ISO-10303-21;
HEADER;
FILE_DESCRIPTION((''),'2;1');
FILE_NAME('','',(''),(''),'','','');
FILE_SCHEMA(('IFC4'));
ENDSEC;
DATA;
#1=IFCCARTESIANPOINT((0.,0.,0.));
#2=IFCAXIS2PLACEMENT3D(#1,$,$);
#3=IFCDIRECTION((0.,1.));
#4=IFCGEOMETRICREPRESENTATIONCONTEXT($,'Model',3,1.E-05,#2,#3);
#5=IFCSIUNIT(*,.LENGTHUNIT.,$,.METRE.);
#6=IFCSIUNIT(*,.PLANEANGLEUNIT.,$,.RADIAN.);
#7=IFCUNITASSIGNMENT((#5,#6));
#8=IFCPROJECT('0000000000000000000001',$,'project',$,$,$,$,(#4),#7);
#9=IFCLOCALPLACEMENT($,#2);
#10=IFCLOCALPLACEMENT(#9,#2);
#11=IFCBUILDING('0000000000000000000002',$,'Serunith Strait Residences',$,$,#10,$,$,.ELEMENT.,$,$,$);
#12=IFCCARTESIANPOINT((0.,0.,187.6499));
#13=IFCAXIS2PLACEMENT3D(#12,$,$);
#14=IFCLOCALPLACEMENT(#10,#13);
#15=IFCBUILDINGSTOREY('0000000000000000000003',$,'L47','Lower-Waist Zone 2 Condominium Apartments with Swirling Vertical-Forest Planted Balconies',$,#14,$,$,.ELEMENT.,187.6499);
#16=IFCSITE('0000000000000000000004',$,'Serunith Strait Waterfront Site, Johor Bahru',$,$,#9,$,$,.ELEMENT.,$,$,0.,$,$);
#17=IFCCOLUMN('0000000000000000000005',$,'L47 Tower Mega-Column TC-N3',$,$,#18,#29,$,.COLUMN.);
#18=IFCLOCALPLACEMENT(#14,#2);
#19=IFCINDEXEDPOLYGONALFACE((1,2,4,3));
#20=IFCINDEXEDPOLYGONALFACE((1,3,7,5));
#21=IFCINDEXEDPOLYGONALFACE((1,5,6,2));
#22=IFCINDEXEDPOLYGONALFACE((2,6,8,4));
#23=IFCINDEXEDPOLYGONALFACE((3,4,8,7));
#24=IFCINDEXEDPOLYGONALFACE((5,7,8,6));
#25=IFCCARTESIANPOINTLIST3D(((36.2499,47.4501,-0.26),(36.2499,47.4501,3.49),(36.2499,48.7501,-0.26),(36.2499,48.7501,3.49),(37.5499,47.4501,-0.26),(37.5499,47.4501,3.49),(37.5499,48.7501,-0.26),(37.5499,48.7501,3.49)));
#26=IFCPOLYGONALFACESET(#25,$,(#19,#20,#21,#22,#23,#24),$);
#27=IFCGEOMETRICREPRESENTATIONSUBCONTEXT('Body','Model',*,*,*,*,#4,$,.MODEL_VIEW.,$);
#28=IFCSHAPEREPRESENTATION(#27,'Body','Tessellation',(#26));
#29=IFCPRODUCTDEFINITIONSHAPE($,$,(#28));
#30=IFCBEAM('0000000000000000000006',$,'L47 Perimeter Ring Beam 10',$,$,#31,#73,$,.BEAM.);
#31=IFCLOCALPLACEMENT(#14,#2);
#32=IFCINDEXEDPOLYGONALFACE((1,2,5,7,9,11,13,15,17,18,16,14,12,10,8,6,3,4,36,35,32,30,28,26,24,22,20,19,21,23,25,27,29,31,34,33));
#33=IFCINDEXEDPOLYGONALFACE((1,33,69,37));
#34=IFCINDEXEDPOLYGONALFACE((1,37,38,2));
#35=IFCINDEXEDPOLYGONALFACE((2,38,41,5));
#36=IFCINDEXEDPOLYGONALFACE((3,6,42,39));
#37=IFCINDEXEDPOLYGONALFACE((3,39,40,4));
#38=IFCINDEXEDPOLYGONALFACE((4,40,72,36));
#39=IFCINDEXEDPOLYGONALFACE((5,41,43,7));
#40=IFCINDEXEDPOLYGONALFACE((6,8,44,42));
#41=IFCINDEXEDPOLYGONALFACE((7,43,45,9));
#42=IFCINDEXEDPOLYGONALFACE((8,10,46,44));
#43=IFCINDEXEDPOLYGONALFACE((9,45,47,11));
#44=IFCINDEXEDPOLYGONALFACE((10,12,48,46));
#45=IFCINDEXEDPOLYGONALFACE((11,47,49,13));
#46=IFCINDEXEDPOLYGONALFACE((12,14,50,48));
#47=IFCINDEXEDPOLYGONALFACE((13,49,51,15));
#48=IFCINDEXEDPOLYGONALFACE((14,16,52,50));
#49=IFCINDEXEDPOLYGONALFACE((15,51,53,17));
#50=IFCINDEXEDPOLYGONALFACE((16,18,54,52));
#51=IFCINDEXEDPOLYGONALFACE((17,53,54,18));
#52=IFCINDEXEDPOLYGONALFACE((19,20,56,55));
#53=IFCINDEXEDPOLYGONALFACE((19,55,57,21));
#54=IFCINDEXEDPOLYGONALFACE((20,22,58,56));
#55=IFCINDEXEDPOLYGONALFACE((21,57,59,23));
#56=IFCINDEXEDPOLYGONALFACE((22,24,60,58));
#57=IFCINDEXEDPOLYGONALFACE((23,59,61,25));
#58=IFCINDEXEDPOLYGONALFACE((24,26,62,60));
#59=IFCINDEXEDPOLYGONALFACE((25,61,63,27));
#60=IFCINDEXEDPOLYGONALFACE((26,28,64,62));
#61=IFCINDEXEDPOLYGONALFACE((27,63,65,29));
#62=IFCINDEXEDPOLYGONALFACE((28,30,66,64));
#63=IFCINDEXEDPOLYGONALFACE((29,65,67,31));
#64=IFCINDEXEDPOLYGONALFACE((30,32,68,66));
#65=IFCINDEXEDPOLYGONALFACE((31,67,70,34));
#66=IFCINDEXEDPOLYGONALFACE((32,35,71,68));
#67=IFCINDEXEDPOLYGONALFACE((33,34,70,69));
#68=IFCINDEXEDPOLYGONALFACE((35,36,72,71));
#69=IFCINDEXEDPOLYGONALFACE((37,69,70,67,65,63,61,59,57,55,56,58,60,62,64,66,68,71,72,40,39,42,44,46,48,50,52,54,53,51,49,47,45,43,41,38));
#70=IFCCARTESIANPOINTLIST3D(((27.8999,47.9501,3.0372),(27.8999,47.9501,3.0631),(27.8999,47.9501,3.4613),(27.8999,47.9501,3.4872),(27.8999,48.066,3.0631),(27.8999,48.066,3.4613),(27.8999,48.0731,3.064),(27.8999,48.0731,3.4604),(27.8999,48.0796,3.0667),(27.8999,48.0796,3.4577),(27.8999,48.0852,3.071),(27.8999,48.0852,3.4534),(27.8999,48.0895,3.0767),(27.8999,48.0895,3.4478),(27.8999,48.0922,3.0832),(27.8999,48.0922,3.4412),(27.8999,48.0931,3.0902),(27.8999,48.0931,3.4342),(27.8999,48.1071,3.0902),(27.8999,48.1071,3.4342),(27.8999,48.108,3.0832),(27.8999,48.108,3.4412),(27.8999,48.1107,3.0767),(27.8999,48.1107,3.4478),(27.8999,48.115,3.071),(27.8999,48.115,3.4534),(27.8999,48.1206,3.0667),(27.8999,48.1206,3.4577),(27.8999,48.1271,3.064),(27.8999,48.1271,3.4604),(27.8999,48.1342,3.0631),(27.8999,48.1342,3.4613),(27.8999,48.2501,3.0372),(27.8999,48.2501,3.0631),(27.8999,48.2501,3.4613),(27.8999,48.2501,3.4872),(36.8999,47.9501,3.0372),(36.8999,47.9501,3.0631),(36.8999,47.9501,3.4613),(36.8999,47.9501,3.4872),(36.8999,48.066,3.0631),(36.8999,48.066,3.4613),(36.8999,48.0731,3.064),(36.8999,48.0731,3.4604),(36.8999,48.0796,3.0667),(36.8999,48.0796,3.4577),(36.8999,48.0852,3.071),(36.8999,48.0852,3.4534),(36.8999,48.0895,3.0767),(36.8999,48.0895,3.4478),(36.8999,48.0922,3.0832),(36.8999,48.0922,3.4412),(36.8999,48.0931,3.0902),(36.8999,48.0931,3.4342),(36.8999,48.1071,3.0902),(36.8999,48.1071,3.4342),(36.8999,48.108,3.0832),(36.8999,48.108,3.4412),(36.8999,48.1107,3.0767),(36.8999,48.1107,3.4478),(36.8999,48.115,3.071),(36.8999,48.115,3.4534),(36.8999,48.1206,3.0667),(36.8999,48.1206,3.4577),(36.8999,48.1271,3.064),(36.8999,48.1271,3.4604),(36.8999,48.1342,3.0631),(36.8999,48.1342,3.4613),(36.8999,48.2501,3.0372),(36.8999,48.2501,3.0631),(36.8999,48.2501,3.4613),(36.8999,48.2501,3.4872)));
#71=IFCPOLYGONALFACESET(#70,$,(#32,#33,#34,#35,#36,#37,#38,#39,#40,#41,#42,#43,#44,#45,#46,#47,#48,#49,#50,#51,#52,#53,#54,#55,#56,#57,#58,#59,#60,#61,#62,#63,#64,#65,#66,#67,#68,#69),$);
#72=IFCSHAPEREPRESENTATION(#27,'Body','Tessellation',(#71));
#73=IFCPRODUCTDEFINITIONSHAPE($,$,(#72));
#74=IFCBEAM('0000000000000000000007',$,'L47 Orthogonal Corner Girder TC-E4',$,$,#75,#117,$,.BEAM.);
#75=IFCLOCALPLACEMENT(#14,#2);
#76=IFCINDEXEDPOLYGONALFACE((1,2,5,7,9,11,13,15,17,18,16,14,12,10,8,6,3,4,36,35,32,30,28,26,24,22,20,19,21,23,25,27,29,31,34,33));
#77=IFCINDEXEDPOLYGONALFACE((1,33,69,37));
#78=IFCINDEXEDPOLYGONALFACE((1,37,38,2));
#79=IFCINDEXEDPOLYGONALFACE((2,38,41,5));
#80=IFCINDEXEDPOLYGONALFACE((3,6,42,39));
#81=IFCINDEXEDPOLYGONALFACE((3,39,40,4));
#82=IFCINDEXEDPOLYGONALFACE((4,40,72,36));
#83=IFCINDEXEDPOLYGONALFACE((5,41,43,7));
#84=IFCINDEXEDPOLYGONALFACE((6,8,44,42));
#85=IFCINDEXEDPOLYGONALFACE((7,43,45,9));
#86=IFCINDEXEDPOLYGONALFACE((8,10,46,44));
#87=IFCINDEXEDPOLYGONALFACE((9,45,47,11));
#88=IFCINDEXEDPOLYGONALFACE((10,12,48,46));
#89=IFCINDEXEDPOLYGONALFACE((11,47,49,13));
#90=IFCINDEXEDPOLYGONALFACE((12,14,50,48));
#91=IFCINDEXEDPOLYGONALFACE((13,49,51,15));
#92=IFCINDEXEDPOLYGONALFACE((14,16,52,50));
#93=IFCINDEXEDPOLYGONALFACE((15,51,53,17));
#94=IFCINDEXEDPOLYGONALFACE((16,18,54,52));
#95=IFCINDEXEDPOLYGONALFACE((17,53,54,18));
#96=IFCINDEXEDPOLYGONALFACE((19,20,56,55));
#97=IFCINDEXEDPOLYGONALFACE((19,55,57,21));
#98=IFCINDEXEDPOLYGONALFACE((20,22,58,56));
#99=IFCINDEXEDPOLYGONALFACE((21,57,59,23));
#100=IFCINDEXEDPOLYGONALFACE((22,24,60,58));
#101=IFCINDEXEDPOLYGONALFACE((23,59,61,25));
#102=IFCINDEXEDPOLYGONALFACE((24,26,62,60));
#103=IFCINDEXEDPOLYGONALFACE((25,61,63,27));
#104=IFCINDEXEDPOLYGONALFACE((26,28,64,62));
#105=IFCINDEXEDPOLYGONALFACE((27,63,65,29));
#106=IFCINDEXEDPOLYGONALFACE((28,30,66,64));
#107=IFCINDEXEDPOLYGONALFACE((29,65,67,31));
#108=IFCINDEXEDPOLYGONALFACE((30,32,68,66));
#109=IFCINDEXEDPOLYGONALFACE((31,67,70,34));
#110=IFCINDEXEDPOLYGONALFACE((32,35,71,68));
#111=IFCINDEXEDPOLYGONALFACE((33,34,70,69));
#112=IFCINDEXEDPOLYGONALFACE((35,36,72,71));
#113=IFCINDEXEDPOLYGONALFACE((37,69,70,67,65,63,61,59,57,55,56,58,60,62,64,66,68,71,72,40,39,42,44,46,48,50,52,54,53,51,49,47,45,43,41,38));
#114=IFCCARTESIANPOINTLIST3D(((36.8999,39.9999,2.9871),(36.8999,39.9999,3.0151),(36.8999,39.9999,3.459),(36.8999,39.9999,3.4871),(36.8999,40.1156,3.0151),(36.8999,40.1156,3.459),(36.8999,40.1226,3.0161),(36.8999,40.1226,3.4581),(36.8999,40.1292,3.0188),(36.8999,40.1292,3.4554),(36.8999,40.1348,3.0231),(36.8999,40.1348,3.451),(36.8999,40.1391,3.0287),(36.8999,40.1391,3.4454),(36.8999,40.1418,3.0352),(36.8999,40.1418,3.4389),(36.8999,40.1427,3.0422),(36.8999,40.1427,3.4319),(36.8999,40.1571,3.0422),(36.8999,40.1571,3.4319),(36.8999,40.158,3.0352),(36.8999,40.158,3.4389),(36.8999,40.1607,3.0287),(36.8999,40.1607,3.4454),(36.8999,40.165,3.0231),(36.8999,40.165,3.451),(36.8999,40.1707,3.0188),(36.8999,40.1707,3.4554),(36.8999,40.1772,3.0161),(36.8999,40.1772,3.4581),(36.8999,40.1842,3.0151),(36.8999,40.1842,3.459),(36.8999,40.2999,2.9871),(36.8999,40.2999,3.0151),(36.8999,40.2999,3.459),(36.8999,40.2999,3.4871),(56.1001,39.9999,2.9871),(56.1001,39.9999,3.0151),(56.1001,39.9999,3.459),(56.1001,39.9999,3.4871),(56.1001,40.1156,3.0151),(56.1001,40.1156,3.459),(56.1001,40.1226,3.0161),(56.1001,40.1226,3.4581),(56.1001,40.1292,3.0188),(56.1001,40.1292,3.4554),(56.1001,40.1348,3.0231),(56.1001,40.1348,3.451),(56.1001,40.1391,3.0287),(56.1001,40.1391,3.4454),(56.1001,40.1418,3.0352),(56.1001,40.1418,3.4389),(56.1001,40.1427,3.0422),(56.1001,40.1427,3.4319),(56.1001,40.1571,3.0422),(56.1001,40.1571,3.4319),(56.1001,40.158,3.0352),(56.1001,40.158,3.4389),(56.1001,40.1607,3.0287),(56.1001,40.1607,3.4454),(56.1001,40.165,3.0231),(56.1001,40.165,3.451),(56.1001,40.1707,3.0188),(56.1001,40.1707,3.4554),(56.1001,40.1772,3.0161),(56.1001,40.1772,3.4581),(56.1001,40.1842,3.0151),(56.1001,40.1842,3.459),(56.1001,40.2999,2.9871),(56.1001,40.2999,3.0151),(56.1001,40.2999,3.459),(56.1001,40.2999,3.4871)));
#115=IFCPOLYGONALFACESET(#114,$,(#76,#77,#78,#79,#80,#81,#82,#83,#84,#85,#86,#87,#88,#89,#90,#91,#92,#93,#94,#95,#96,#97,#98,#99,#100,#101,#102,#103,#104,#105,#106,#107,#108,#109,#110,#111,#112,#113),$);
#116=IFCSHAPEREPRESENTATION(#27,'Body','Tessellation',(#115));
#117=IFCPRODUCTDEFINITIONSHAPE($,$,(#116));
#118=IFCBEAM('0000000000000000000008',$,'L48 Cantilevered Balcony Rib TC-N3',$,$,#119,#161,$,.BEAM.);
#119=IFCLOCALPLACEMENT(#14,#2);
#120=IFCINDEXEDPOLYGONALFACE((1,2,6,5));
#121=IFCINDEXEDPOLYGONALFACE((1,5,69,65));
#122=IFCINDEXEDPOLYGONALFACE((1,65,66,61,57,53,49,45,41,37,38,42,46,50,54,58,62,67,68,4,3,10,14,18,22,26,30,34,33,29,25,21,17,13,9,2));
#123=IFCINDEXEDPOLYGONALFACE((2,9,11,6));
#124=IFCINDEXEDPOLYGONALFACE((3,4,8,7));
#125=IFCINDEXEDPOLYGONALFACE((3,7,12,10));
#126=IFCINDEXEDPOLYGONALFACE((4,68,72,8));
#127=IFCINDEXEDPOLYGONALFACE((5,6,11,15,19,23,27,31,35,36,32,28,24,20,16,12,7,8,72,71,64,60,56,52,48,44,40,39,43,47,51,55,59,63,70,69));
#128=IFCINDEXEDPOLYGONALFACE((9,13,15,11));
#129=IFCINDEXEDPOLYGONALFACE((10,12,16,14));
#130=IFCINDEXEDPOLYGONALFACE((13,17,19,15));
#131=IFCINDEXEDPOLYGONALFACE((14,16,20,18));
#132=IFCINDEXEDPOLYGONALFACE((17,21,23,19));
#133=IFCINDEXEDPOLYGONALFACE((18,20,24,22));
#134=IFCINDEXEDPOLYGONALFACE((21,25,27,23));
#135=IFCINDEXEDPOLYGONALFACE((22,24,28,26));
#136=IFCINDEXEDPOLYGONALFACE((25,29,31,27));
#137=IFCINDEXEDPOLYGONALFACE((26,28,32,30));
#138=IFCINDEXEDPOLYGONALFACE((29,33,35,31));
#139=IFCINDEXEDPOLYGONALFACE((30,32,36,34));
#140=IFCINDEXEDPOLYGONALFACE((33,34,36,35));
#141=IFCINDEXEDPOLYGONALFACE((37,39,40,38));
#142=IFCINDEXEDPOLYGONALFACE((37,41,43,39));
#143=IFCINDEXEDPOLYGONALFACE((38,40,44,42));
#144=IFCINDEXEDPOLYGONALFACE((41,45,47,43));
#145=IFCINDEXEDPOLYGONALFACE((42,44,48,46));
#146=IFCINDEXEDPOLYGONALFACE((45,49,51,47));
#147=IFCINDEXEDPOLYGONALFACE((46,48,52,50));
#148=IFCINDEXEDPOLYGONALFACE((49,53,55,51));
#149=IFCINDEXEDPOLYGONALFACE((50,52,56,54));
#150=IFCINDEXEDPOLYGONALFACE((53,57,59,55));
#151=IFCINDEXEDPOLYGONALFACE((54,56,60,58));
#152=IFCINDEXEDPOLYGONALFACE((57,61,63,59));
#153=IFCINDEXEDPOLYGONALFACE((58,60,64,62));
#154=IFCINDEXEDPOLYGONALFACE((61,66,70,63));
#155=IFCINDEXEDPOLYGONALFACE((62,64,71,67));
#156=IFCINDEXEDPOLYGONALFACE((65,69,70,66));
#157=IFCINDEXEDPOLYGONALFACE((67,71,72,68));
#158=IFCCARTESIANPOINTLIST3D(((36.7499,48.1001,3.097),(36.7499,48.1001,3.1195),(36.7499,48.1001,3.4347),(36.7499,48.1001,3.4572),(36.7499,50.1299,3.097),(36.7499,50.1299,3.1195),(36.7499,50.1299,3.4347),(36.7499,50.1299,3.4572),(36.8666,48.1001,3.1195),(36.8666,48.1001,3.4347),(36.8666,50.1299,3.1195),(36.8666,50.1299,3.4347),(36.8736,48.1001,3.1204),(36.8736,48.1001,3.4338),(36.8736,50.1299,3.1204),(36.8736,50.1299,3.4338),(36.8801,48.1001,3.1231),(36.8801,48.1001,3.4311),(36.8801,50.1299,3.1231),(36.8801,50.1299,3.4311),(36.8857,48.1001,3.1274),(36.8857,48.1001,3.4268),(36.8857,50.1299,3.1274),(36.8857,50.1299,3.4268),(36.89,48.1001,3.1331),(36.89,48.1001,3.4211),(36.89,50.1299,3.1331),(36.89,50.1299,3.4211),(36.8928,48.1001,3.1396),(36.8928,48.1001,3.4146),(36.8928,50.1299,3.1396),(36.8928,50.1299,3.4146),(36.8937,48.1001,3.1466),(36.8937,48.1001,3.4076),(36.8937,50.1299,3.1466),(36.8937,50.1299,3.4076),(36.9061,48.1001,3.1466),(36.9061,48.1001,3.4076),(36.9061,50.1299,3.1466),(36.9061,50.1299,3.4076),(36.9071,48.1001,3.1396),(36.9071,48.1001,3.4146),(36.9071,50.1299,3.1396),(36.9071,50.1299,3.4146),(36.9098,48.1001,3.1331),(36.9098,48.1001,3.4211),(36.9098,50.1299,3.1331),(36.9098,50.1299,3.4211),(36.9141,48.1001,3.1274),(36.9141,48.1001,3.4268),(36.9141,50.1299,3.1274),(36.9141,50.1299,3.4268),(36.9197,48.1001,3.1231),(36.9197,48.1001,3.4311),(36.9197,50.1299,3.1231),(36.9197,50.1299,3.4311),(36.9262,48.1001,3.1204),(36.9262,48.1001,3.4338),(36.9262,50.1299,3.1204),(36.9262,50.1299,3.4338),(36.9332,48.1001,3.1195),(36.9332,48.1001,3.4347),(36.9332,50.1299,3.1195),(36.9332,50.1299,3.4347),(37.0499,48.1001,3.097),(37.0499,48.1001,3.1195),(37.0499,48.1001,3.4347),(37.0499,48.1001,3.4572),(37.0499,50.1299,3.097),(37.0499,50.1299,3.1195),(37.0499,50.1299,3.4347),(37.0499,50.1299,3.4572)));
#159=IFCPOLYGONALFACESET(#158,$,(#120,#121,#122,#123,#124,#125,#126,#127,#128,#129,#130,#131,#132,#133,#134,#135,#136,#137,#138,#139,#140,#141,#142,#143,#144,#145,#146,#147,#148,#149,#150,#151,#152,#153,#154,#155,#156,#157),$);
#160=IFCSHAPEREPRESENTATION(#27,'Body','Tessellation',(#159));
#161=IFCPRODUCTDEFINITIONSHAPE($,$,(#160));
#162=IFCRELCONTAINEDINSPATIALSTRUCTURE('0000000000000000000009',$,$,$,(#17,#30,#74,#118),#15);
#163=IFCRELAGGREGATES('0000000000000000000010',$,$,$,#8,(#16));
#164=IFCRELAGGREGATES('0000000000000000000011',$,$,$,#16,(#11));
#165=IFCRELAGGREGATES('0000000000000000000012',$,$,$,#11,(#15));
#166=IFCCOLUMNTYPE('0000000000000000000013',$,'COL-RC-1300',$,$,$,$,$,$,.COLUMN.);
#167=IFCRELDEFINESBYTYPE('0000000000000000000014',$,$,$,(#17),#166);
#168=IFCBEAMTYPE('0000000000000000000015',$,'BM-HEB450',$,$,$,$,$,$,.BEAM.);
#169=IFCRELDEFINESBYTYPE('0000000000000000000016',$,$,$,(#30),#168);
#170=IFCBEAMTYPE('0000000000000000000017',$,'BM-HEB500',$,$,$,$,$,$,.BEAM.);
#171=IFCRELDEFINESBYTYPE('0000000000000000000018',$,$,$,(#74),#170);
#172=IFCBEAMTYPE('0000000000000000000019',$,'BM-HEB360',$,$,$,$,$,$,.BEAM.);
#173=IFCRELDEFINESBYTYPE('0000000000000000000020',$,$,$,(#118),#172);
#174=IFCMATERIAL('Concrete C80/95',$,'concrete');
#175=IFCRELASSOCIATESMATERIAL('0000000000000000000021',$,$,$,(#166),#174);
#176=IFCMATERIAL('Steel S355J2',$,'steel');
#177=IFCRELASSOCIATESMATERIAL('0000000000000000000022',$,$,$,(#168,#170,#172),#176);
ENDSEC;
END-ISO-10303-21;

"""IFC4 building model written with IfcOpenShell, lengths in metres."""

from ifc_helpers import new_model, si_unit, direction, frame, origin, origin_2d, place, context, subcontext, project, spatial, rectangle, i_section, extrude, source, transform, mapped, material, material_profile, profile_set, type_object, element, save


model = new_model("IFC4")

# Units and contexts
model_context = context("Model", 3, precision=1e-05, world=origin(), true_north=direction((0.0, 1.0)))
body_context = subcontext(model_context, "Body", "Model", "MODEL_VIEW")
ifc_project = project(units=[si_unit("LENGTHUNIT", "METRE"), si_unit("PLANEANGLEUNIT", "RADIAN")], contexts=[model_context])

# Site, building, storey
site_placement = place(None, origin())
site = spatial("IfcSite", under=ifc_project, at=site_placement, Name="Serunith Strait Waterfront Site, Johor Bahru", CompositionType="ELEMENT", RefElevation=0.0)
building_placement = place(site_placement, origin())
building = spatial("IfcBuilding", under=site, at=building_placement, Name="Serunith Strait Residences", CompositionType="ELEMENT")
storey_placement = place(building_placement, frame((0.0, 0.0, 187.6499)))
storey = spatial("IfcBuildingStorey", under=building, at=storey_placement, Name="L47", Description="Lower-Waist Zone 2 Condominium Apartments with Swirling Vertical-Forest Planted Balconies", CompositionType="ELEMENT", Elevation=187.6499)

# Column
ifc_material_1 = material(Name="Concrete C80/95", Category="concrete")
ifc_material_profile_1 = material_profile(ifc_material_1, rectangle(XDim=1.3, YDim=1.3, at=origin_2d()), Name="RC 1300x1300")
ifc_profile_set_1 = profile_set([ifc_material_profile_1], Name="Concrete C80/95")
column_type = type_object("IfcColumnType", Name="COL-RC-1300", PredefinedType="COLUMN", material=ifc_profile_set_1)
shared_shape_1 = source(origin(), body_context, "Body", "SweptSolid", [
    extrude(rectangle(XDim=1.3, YDim=1.3, at=origin_2d()), origin(), (0.0, 0.0, 1.0), 3.75),
])
column_placement = place(storey_placement, frame((36.8999, 48.1001, -0.26), z_axis=(0.0, 0.0, 1.0), x_axis=(1.0, 0.0, 0.0)))
element("IfcColumn", 1, at=column_placement, inside=storey, type_object=column_type, Name="L47 Tower Mega-Column TC-N3", PredefinedType="COLUMN", context=body_context, shape_type="MappedRepresentation", body=[
    mapped(shared_shape_1, transform((0.0, 0.0, 0.0), scale=1.0)),
])

# Beams
ifc_material_2 = material(Name="Steel S355J2", Category="steel")
ifc_material_profile_2 = material_profile(ifc_material_2, i_section(OverallWidth=0.3, OverallDepth=0.45, WebThickness=0.0139, FlangeThickness=0.0259, FilletRadius=0.0271, at=origin_2d()), Name="HEB 450")
ifc_profile_set_2 = profile_set([ifc_material_profile_2], Name="Steel S355J2")
beam_type_1 = type_object("IfcBeamType", Name="BM-HEB450", PredefinedType="BEAM", material=ifc_profile_set_2)
shared_shape_2 = source(origin(), body_context, "Body", "SweptSolid", [
    extrude(i_section(OverallWidth=0.3, OverallDepth=0.45, WebThickness=0.0139, FlangeThickness=0.0259, FilletRadius=0.0271, at=origin_2d()), origin(), (0.0, 0.0, 1.0), 9.0),
])
beam_1_placement = place(storey_placement, frame((36.8999, 48.1001, 3.2622), z_axis=(-1.0, 0.0, 0.0), x_axis=(0.0, -1.0, 0.0)))
element("IfcBeam", 2, at=beam_1_placement, inside=storey, type_object=beam_type_1, Name="L47 Perimeter Ring Beam 10", PredefinedType="BEAM", context=body_context, shape_type="MappedRepresentation", body=[
    mapped(shared_shape_2, transform((0.0, 0.0, 0.0), scale=1.0)),
])
ifc_material_profile_3 = material_profile(ifc_material_2, i_section(OverallWidth=0.3, OverallDepth=0.5, WebThickness=0.0144, FlangeThickness=0.0281, FilletRadius=0.0271, at=origin_2d()), Name="HEB 500")
ifc_profile_set_3 = profile_set([ifc_material_profile_3], Name="Steel S355J2")
beam_type_2 = type_object("IfcBeamType", Name="BM-HEB500", PredefinedType="BEAM", material=ifc_profile_set_3)
shared_shape_3 = source(origin(), body_context, "Body", "SweptSolid", [
    extrude(i_section(OverallWidth=0.3, OverallDepth=0.5, WebThickness=0.0144, FlangeThickness=0.0281, FilletRadius=0.0271, at=origin_2d()), origin(), (0.0, 0.0, 1.0), 19.2002),
])
beam_2_placement = place(storey_placement, frame((36.8999, 40.1499, 3.2371), z_axis=(1.0, 0.0, 0.0), x_axis=(0.0, 1.0, 0.0)))
element("IfcBeam", 3, at=beam_2_placement, inside=storey, type_object=beam_type_2, Name="L47 Orthogonal Corner Girder TC-E4", PredefinedType="BEAM", context=body_context, shape_type="MappedRepresentation", body=[
    mapped(shared_shape_3, transform((0.0, 0.0, 0.0), scale=1.0)),
])
ifc_material_profile_4 = material_profile(ifc_material_2, i_section(OverallWidth=0.3, OverallDepth=0.3601, WebThickness=0.0125, FlangeThickness=0.0225, FilletRadius=0.0271, at=origin_2d()), Name="HEB 360")
ifc_profile_set_4 = profile_set([ifc_material_profile_4], Name="Steel S355J2")
beam_type_3 = type_object("IfcBeamType", Name="BM-HEB360", PredefinedType="BEAM", material=ifc_profile_set_4)
shared_shape_4 = source(origin(), body_context, "Body", "SweptSolid", [
    extrude(i_section(OverallWidth=0.3, OverallDepth=0.3601, WebThickness=0.0125, FlangeThickness=0.0225, FilletRadius=0.0271, at=origin_2d()), origin(), (0.0, 0.0, 1.0), 2.0298),
])
beam_3_placement = place(storey_placement, frame((36.8999, 48.1001, 3.2771), z_axis=(0.0, 1.0, 0.0), x_axis=(-1.0, 0.0, 0.0)))
element("IfcBeam", 4, at=beam_3_placement, inside=storey, type_object=beam_type_3, Name="L48 Cantilevered Balcony Rib TC-N3", PredefinedType="BEAM", context=body_context, shape_type="MappedRepresentation", body=[
    mapped(shared_shape_4, transform((0.0, 0.0, 0.0), scale=1.0)),
])

save(model, "model.ifc")
